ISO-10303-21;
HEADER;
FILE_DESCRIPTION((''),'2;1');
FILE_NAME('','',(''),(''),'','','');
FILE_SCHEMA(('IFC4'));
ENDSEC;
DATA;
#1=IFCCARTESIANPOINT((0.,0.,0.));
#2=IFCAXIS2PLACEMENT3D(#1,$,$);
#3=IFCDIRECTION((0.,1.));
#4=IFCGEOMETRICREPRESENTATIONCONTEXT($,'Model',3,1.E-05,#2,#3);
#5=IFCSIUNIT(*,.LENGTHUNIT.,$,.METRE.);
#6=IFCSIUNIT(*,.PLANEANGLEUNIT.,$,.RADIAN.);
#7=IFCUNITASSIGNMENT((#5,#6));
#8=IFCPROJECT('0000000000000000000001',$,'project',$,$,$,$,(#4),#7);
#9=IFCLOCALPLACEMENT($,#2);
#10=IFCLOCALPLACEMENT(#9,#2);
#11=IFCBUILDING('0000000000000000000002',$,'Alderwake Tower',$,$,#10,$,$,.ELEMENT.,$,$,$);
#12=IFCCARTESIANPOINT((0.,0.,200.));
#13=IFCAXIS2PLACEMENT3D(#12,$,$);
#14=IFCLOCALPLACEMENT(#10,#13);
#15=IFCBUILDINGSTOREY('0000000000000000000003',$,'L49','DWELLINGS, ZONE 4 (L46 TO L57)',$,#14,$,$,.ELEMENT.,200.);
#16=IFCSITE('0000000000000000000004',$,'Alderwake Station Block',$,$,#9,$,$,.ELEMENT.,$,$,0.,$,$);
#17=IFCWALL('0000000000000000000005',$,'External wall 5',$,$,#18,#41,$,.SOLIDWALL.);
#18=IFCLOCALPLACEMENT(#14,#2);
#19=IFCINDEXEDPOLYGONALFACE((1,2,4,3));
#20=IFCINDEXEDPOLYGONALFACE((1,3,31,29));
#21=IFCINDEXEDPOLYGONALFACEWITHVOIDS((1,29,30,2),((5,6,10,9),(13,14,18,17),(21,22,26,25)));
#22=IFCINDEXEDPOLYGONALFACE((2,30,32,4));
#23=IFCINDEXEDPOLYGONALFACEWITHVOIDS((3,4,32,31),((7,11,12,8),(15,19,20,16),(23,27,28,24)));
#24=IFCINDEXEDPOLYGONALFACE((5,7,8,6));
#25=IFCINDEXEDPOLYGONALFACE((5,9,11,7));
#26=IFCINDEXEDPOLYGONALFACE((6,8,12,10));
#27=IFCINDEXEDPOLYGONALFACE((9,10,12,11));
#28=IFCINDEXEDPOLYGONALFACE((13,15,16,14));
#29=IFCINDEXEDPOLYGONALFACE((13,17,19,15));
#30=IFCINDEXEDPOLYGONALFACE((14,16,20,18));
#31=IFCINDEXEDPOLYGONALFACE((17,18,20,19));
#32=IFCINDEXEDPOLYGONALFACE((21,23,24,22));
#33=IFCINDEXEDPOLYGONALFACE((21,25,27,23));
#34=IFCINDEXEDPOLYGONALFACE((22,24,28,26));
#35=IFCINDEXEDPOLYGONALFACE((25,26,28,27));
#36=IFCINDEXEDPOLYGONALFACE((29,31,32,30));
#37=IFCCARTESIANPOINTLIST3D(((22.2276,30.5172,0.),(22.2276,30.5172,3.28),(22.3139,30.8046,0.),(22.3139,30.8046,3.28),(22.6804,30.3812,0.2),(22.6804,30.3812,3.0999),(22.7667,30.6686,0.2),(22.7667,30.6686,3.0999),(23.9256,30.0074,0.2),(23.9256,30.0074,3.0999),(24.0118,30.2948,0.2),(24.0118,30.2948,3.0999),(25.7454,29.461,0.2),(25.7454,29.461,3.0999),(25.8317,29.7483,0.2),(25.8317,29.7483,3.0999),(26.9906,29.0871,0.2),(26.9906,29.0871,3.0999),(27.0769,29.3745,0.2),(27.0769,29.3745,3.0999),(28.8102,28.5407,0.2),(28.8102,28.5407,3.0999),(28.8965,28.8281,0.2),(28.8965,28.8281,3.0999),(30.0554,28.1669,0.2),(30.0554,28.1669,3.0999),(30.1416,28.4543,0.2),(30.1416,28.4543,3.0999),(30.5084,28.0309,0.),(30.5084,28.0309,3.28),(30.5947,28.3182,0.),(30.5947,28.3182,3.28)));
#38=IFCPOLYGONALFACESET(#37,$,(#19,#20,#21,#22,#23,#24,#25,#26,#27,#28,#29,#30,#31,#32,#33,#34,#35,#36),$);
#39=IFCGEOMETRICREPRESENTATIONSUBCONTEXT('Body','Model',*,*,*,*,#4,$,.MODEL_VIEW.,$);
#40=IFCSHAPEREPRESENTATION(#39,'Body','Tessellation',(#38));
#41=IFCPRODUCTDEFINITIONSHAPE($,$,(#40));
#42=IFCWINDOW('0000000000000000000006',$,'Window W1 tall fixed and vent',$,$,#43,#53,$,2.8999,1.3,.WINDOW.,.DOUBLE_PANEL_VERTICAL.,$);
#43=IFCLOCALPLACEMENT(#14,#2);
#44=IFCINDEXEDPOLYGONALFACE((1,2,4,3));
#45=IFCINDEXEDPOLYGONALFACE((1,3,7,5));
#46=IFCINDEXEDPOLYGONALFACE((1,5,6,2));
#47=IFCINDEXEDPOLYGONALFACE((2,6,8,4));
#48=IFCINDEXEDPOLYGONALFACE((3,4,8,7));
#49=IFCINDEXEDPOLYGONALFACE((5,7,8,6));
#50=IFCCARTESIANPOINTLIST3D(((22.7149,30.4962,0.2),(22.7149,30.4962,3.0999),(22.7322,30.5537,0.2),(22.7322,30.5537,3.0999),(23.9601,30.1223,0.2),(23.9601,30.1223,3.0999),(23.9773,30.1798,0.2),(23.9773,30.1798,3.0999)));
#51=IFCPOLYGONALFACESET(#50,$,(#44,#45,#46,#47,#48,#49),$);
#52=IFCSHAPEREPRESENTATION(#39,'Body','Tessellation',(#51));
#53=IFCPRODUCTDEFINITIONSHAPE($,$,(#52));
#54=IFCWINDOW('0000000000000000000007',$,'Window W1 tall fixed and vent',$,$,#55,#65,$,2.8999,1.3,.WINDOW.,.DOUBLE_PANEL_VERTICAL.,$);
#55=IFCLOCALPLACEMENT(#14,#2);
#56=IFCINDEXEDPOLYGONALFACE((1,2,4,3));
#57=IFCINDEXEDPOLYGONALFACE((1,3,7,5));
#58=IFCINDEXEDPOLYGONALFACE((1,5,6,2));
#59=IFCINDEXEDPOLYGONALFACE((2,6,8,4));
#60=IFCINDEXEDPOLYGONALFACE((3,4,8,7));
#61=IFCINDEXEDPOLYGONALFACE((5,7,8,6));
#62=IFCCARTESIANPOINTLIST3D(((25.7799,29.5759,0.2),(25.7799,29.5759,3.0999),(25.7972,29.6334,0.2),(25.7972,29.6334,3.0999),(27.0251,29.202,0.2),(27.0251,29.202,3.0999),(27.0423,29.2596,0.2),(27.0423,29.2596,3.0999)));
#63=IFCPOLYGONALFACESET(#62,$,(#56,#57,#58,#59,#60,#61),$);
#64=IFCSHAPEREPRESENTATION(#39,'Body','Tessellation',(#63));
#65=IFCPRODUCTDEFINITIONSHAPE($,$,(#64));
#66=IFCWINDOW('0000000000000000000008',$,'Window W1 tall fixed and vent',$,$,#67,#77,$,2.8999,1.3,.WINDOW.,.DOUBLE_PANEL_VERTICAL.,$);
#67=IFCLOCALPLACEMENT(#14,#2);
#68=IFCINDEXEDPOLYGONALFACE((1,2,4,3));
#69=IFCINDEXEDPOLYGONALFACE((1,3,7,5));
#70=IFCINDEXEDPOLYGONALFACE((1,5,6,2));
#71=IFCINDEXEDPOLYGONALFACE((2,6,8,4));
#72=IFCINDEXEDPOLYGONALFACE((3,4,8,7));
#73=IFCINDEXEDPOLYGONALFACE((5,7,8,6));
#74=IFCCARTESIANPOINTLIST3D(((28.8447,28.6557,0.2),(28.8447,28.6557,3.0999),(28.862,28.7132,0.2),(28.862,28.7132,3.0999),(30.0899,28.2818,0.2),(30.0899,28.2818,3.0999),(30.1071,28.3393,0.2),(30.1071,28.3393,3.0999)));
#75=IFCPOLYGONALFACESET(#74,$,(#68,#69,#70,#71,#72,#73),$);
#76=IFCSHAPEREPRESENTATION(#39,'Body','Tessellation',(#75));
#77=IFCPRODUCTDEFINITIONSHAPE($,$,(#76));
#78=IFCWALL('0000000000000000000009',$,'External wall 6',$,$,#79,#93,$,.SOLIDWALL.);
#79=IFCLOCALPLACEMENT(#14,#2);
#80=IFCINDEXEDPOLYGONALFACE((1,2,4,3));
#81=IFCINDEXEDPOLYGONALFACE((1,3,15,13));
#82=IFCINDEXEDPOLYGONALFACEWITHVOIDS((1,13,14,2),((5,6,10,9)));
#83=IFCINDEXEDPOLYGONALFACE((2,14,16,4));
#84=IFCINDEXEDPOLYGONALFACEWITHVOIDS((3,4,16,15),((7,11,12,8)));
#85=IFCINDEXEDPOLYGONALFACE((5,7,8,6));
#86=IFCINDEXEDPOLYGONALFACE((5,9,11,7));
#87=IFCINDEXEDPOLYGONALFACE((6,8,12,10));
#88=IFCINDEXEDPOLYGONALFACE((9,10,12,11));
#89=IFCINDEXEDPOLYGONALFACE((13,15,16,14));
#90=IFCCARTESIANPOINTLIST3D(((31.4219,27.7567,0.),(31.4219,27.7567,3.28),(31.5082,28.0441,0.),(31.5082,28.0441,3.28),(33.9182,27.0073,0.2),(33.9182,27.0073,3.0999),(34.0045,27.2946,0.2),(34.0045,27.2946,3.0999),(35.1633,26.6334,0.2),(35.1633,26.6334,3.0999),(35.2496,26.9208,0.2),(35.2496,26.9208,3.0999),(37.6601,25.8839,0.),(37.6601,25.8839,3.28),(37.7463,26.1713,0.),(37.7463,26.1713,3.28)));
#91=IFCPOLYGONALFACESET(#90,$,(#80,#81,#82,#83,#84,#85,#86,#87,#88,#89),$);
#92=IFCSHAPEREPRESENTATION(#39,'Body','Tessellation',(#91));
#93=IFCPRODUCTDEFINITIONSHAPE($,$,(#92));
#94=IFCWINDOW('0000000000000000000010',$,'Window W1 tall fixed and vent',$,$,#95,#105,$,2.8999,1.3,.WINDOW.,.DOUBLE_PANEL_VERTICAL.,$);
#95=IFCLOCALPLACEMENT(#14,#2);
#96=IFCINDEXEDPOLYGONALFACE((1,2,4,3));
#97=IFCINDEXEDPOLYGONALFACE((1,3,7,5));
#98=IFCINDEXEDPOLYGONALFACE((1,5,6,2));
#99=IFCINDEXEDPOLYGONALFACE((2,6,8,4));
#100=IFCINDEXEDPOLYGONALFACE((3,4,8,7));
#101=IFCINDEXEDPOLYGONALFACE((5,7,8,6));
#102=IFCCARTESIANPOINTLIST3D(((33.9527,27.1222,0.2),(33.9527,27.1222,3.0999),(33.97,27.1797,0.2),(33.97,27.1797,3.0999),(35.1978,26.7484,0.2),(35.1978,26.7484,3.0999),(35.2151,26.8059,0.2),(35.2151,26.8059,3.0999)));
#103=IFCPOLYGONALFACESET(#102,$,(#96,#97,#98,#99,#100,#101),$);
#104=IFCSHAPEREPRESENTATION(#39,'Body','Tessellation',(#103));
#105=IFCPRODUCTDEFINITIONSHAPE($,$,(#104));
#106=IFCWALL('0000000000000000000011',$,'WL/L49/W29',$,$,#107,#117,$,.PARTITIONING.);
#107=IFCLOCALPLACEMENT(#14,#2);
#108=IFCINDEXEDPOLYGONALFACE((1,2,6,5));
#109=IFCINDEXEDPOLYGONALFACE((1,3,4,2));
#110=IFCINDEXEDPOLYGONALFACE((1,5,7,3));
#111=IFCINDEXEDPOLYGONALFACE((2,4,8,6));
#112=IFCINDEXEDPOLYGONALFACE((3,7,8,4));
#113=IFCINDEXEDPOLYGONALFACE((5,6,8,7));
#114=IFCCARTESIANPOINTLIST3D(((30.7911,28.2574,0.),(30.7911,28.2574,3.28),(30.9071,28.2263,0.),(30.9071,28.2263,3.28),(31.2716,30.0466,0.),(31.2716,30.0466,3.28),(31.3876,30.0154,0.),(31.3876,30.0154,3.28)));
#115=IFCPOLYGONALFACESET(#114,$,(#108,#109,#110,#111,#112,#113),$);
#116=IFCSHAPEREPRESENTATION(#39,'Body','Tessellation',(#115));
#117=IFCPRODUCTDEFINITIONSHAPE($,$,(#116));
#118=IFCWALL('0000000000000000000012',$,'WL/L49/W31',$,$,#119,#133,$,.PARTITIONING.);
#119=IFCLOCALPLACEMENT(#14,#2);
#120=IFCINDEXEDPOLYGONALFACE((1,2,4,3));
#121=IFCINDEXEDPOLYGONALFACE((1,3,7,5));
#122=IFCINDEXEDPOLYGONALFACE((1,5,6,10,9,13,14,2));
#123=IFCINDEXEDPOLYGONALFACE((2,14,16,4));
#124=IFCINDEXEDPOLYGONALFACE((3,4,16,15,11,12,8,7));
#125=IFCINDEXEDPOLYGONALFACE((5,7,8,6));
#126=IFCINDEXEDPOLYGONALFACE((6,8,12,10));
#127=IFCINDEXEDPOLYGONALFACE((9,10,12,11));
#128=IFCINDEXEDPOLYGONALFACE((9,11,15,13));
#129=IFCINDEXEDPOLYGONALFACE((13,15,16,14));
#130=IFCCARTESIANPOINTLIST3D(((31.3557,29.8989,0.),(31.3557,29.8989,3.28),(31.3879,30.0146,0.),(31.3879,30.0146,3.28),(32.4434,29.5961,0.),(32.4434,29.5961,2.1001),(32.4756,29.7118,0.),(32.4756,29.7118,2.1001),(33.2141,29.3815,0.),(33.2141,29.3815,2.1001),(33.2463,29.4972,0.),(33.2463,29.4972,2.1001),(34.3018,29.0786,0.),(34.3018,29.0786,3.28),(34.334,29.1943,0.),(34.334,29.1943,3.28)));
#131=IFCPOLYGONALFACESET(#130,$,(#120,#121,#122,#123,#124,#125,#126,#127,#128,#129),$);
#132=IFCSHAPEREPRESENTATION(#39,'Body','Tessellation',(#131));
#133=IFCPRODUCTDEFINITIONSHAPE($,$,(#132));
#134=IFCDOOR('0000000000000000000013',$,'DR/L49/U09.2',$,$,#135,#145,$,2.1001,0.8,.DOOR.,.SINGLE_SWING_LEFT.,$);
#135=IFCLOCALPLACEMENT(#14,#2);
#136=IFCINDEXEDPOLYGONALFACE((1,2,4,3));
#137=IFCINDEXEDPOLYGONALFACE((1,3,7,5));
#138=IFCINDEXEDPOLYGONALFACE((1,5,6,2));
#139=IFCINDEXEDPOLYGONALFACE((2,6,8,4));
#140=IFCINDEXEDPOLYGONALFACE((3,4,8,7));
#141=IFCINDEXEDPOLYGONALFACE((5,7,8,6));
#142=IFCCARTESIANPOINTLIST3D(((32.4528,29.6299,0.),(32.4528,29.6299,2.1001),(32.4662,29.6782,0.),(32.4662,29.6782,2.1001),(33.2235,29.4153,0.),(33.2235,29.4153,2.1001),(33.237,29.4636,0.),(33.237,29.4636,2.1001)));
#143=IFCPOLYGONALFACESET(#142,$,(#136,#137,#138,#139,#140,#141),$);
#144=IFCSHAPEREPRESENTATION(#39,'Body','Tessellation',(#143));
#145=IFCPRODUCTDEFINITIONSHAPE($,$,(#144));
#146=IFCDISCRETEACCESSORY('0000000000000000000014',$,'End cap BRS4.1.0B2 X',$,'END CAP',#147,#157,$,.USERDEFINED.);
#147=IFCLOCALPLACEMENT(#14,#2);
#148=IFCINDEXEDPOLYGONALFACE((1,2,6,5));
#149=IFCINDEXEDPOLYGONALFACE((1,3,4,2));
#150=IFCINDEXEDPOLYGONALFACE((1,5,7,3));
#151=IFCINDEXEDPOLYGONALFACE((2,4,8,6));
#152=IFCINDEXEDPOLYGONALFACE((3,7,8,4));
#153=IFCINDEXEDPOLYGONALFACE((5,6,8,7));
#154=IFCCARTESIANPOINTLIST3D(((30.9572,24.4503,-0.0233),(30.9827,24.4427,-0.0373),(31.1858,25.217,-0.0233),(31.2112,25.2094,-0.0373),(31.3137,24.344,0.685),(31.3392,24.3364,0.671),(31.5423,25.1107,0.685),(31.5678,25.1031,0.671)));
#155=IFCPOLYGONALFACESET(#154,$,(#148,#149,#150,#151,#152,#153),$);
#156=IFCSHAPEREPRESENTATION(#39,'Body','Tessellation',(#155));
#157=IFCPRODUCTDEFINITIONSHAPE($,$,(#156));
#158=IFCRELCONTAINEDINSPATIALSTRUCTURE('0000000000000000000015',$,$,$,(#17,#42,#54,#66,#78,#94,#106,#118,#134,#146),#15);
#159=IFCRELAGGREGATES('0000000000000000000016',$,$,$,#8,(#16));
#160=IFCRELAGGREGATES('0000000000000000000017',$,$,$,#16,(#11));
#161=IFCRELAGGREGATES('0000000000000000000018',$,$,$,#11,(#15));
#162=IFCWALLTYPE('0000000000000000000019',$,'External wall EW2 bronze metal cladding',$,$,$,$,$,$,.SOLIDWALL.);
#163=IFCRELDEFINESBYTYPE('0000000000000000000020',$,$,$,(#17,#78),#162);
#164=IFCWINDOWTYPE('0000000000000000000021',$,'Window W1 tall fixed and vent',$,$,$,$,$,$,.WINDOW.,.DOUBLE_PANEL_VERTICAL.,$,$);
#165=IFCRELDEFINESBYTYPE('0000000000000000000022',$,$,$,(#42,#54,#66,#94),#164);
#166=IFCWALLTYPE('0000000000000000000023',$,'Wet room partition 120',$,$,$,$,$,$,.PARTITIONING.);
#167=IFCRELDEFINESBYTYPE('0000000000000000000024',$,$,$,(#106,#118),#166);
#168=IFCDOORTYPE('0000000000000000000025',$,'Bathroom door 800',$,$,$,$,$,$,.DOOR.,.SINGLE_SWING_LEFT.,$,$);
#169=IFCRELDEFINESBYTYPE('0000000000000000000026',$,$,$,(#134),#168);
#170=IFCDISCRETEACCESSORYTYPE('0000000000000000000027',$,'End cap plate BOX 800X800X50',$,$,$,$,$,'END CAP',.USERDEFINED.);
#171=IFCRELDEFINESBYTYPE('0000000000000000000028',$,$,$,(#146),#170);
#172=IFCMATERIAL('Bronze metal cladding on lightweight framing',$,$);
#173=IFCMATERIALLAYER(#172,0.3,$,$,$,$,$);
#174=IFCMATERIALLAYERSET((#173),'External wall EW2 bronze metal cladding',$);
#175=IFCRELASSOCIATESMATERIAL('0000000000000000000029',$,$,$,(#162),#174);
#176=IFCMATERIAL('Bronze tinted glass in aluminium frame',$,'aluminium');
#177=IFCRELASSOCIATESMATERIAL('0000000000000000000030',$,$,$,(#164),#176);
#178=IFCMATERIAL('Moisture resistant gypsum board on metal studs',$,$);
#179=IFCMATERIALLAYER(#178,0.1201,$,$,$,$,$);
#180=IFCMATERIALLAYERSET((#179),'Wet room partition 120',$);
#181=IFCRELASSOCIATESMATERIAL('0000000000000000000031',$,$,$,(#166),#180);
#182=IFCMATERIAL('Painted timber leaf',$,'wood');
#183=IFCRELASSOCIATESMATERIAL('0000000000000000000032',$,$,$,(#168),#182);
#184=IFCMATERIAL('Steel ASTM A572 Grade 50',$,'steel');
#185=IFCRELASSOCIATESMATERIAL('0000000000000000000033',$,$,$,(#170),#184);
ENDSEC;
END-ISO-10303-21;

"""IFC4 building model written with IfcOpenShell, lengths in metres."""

from ifc_helpers import new_model, si_unit, direction, frame, frame_2d, origin, origin_2d, place, context, subcontext, project, spatial, rectangle, extrude, material, layer, layer_set, material_profile, profile_set, type_object, element, fill, save


model = new_model("IFC4")

# Units and contexts
model_context = context("Model", 3, precision=1e-05, world=origin(), true_north=direction((0.0, 1.0)))
body_context = subcontext(model_context, "Body", "Model", "MODEL_VIEW")
ifc_project = project(units=[si_unit("LENGTHUNIT", "METRE"), si_unit("PLANEANGLEUNIT", "RADIAN")], contexts=[model_context])

# Site, building, storey
site_placement = place(None, origin())
site = spatial("IfcSite", under=ifc_project, at=site_placement, Name="Alderwake Station Block", CompositionType="ELEMENT", RefElevation=0.0)
building_placement = place(site_placement, origin())
building = spatial("IfcBuilding", under=site, at=building_placement, Name="Alderwake Tower", CompositionType="ELEMENT")
storey_placement = place(building_placement, frame((0.0, 0.0, 200.0)))
storey = spatial("IfcBuildingStorey", under=building, at=storey_placement, Name="L49", Description="DWELLINGS, ZONE 4 (L46 TO L57)", CompositionType="ELEMENT", Elevation=200.0)

# Wall, openings, windows
ifc_material_1 = material(Name="Bronze metal cladding on lightweight framing")
ifc_layer_1 = layer(ifc_material_1, 0.3)
ifc_layer_set_1 = layer_set([ifc_layer_1], Name="External wall EW2 bronze metal cladding")
wall_type_1 = type_object("IfcWallType", Name="External wall EW2 bronze metal cladding", PredefinedType="SOLIDWALL", material=ifc_layer_set_1)
wall_1_placement = place(storey_placement, frame((22.2708, 30.6609, 0.0), z_axis=(0.0, 0.0, 1.0), x_axis=(0.957759, -0.287571, 0.0)))
wall_1 = element("IfcWall", 1, at=wall_1_placement, inside=storey, type_object=wall_type_1, Name="External wall 5", PredefinedType="SOLIDWALL", context=body_context, shape_type="SweptSolid", body=[
    extrude(rectangle(XDim=8.646, YDim=0.3, at=frame_2d((4.323, 0.0))), origin(), (0.0, 0.0, 1.0), 3.28),
])
opening_1_placement = place(wall_1_placement, frame((0.4729, 0.0, 0.2)))
opening_1 = element("IfcOpeningElement", 2, at=opening_1_placement, cuts=wall_1, PredefinedType="OPENING", context=body_context, shape_type="SweptSolid", body=[
    extrude(rectangle(XDim=1.3, YDim=2.8999, at=frame_2d((0.6499, 1.45))), frame((0.0, 0.1599, 0.0), z_axis=(0.0, -1.0, 0.0), x_axis=(1.0, 0.0, 0.0)), (0.0, 0.0, 1.0), 0.3201),
])
opening_2_placement = place(wall_1_placement, frame((3.6731, 0.0, 0.2)))
opening_2 = element("IfcOpeningElement", 3, at=opening_2_placement, cuts=wall_1, PredefinedType="OPENING", context=body_context, shape_type="SweptSolid", body=[
    extrude(rectangle(XDim=1.3, YDim=2.8999, at=frame_2d((0.6499, 1.45))), frame((0.0, 0.1599, 0.0), z_axis=(0.0, -1.0, 0.0), x_axis=(1.0, 0.0, 0.0)), (0.0, 0.0, 1.0), 0.3201),
])
opening_3_placement = place(wall_1_placement, frame((6.873, 0.0, 0.2)))
opening_3 = element("IfcOpeningElement", 4, at=opening_3_placement, cuts=wall_1, PredefinedType="OPENING", context=body_context, shape_type="SweptSolid", body=[
    extrude(rectangle(XDim=1.3, YDim=2.8999, at=frame_2d((0.6499, 1.45))), frame((0.0, 0.1599, 0.0), z_axis=(0.0, -1.0, 0.0), x_axis=(1.0, 0.0, 0.0)), (0.0, 0.0, 1.0), 0.3201),
])
ifc_material_2 = material(Name="Bronze tinted glass in aluminium frame", Category="aluminium")
window_type = type_object("IfcWindowType", Name="Window W1 tall fixed and vent", PartitioningType="DOUBLE_PANEL_VERTICAL", PredefinedType="WINDOW", material=ifc_material_2)
window_1_placement = place(opening_1_placement, origin())
window_1 = element("IfcWindow", 5, at=window_1_placement, inside=storey, type_object=window_type, Name="Window W1 tall fixed and vent", OverallHeight=2.8999, OverallWidth=1.3, PartitioningType="DOUBLE_PANEL_VERTICAL", PredefinedType="WINDOW", context=body_context, shape_type="SweptSolid", body=[
    extrude(rectangle(XDim=1.3, YDim=2.8999, at=frame_2d((0.6499, 1.45))), frame((0.0, 0.03, 0.0), z_axis=(0.0, -1.0, 0.0), x_axis=(1.0, 0.0, 0.0)), (0.0, 0.0, 1.0), 0.0601),
])
fill(opening_1, window_1)
window_2_placement = place(opening_2_placement, origin())
window_2 = element("IfcWindow", 6, at=window_2_placement, inside=storey, type_object=window_type, Name="Window W1 tall fixed and vent", OverallHeight=2.8999, OverallWidth=1.3, PartitioningType="DOUBLE_PANEL_VERTICAL", PredefinedType="WINDOW", context=body_context, shape_type="SweptSolid", body=[
    extrude(rectangle(XDim=1.3, YDim=2.8999, at=frame_2d((0.6499, 1.45))), frame((0.0, 0.03, 0.0), z_axis=(0.0, -1.0, 0.0), x_axis=(1.0, 0.0, 0.0)), (0.0, 0.0, 1.0), 0.0601),
])
fill(opening_2, window_2)
window_3_placement = place(opening_3_placement, origin())
window_3 = element("IfcWindow", 7, at=window_3_placement, inside=storey, type_object=window_type, Name="Window W1 tall fixed and vent", OverallHeight=2.8999, OverallWidth=1.3, PartitioningType="DOUBLE_PANEL_VERTICAL", PredefinedType="WINDOW", context=body_context, shape_type="SweptSolid", body=[
    extrude(rectangle(XDim=1.3, YDim=2.8999, at=frame_2d((0.6499, 1.45))), frame((0.0, 0.03, 0.0), z_axis=(0.0, -1.0, 0.0), x_axis=(1.0, 0.0, 0.0)), (0.0, 0.0, 1.0), 0.0601),
])
fill(opening_3, window_3)

# Wall, opening, window
wall_2_placement = place(storey_placement, frame((31.4651, 27.9004, 0.0), z_axis=(0.0, 0.0, 1.0), x_axis=(0.957767, -0.287544, 0.0)))
wall_2 = element("IfcWall", 8, at=wall_2_placement, inside=storey, type_object=wall_type_1, Name="External wall 6", PredefinedType="SOLIDWALL", context=body_context, shape_type="SweptSolid", body=[
    extrude(rectangle(XDim=6.5132, YDim=0.3, at=frame_2d((3.2566, 0.0))), origin(), (0.0, 0.0, 1.0), 3.28),
])
opening_4_placement = place(wall_2_placement, frame((2.6064, 0.0, 0.2)))
opening_4 = element("IfcOpeningElement", 9, at=opening_4_placement, cuts=wall_2, PredefinedType="OPENING", context=body_context, shape_type="SweptSolid", body=[
    extrude(rectangle(XDim=1.3, YDim=2.8999, at=frame_2d((0.6499, 1.45))), frame((0.0, 0.1599, 0.0), z_axis=(0.0, -1.0, 0.0), x_axis=(1.0, 0.0, 0.0)), (0.0, 0.0, 1.0), 0.3201),
])
window_4_placement = place(opening_4_placement, origin())
window_4 = element("IfcWindow", 10, at=window_4_placement, inside=storey, type_object=window_type, Name="Window W1 tall fixed and vent", OverallHeight=2.8999, OverallWidth=1.3, PartitioningType="DOUBLE_PANEL_VERTICAL", PredefinedType="WINDOW", context=body_context, shape_type="SweptSolid", body=[
    extrude(rectangle(XDim=1.3, YDim=2.8999, at=frame_2d((0.6499, 1.45))), frame((0.0, 0.03, 0.0), z_axis=(0.0, -1.0, 0.0), x_axis=(1.0, 0.0, 0.0)), (0.0, 0.0, 1.0), 0.0601),
])
fill(opening_4, window_4)

# Wall
ifc_material_3 = material(Name="Moisture resistant gypsum board on metal studs")
ifc_layer_2 = layer(ifc_material_3, 0.1201)
ifc_layer_set_2 = layer_set([ifc_layer_2], Name="Wet room partition 120")
wall_type_2 = type_object("IfcWallType", Name="Wet room partition 120", PredefinedType="PARTITIONING", material=ifc_layer_set_2)
wall_3_placement = place(storey_placement, frame((31.3296, 30.031, 0.0), z_axis=(0.0, 0.0, 1.0), x_axis=(-0.259368, -0.965778, 0.0)))
element("IfcWall", 11, at=wall_3_placement, inside=storey, type_object=wall_type_2, Name="WL/L49/W29", PredefinedType="PARTITIONING", context=body_context, shape_type="SweptSolid", body=[
    extrude(rectangle(XDim=1.8525, YDim=0.1201, at=frame_2d((0.9263, 0.0))), origin(), (0.0, 0.0, 1.0), 3.28),
])

# Wall, opening, door
wall_4_placement = place(storey_placement, frame((34.3179, 29.1365, 0.0), z_axis=(0.0, 0.0, 1.0), x_axis=(-0.963352, 0.268241, 0.0)))
wall_4 = element("IfcWall", 12, at=wall_4_placement, inside=storey, type_object=wall_type_2, Name="WL/L49/W31", PredefinedType="PARTITIONING", context=body_context, shape_type="SweptSolid", body=[
    extrude(rectangle(XDim=3.0581, YDim=0.1201, at=frame_2d((1.5291, 0.0))), origin(), (0.0, 0.0, 1.0), 3.28),
])
opening_5_placement = place(wall_4_placement, frame((1.1292, 0.0, 0.0)))
opening_5 = element("IfcOpeningElement", 13, at=opening_5_placement, cuts=wall_4, PredefinedType="OPENING", context=body_context, shape_type="SweptSolid", body=[
    extrude(rectangle(XDim=0.8, YDim=2.1001, at=frame_2d((0.3999, 1.05))), frame((0.0, 0.0701, 0.0), z_axis=(0.0, -1.0, 0.0), x_axis=(1.0, 0.0, 0.0)), (0.0, 0.0, 1.0), 0.1401),
])
ifc_material_4 = material(Name="Painted timber leaf", Category="wood")
door_type_1 = type_object("IfcDoorType", Name="Bathroom door 800", OperationType="SINGLE_SWING_LEFT", PredefinedType="DOOR", material=ifc_material_4)
door_1_placement = place(opening_5_placement, origin())
door_1 = element("IfcDoor", 14, at=door_1_placement, inside=storey, type_object=door_type_1, Name="DR/L49/U09.2", OperationType="SINGLE_SWING_LEFT", OverallHeight=2.1001, OverallWidth=0.8, PredefinedType="DOOR", context=body_context, shape_type="SweptSolid", body=[
    extrude(rectangle(XDim=0.8, YDim=2.1001, at=frame_2d((0.3999, 1.05))), frame((0.0, 0.0249, 0.0), z_axis=(0.0, -1.0, 0.0), x_axis=(1.0, 0.0, 0.0)), (0.0, 0.0, 1.0), 0.05),
])
fill(opening_5, door_1)

# Discrete accessory
ifc_material_5 = material(Name="Steel ASTM A572 Grade 50", Category="steel")
ifc_material_profile_1 = material_profile(ifc_material_5, rectangle(XDim=0.8, YDim=0.8, at=origin_2d()), Name="BOX 800X800X50 cap")
ifc_profile_set_1 = profile_set([ifc_material_profile_1], Name="Steel ASTM A572 Grade 50")
discrete_accessory_type = type_object("IfcDiscreteAccessoryType", Name="End cap plate BOX 800X800X50", ElementType="END CAP", PredefinedType="USERDEFINED", material=ifc_profile_set_1)
discrete_accessory_placement = place(storey_placement, frame((31.2498, 24.7805, 0.3308), z_axis=(0.848421, -0.252895, -0.465), x_axis=(0.285657, 0.958332, 0.0)))
element("IfcDiscreteAccessory", 15, at=discrete_accessory_placement, inside=storey, type_object=discrete_accessory_type, Name="End cap BRS4.1.0B2 X", ObjectType="END CAP", PredefinedType="USERDEFINED", context=body_context, shape_type="SweptSolid", body=[
    extrude(rectangle(XDim=0.8, YDim=0.8, at=origin_2d()), origin(), (0.0, 0.0, 1.0), 0.03),
])

save(model, "model.ifc")
